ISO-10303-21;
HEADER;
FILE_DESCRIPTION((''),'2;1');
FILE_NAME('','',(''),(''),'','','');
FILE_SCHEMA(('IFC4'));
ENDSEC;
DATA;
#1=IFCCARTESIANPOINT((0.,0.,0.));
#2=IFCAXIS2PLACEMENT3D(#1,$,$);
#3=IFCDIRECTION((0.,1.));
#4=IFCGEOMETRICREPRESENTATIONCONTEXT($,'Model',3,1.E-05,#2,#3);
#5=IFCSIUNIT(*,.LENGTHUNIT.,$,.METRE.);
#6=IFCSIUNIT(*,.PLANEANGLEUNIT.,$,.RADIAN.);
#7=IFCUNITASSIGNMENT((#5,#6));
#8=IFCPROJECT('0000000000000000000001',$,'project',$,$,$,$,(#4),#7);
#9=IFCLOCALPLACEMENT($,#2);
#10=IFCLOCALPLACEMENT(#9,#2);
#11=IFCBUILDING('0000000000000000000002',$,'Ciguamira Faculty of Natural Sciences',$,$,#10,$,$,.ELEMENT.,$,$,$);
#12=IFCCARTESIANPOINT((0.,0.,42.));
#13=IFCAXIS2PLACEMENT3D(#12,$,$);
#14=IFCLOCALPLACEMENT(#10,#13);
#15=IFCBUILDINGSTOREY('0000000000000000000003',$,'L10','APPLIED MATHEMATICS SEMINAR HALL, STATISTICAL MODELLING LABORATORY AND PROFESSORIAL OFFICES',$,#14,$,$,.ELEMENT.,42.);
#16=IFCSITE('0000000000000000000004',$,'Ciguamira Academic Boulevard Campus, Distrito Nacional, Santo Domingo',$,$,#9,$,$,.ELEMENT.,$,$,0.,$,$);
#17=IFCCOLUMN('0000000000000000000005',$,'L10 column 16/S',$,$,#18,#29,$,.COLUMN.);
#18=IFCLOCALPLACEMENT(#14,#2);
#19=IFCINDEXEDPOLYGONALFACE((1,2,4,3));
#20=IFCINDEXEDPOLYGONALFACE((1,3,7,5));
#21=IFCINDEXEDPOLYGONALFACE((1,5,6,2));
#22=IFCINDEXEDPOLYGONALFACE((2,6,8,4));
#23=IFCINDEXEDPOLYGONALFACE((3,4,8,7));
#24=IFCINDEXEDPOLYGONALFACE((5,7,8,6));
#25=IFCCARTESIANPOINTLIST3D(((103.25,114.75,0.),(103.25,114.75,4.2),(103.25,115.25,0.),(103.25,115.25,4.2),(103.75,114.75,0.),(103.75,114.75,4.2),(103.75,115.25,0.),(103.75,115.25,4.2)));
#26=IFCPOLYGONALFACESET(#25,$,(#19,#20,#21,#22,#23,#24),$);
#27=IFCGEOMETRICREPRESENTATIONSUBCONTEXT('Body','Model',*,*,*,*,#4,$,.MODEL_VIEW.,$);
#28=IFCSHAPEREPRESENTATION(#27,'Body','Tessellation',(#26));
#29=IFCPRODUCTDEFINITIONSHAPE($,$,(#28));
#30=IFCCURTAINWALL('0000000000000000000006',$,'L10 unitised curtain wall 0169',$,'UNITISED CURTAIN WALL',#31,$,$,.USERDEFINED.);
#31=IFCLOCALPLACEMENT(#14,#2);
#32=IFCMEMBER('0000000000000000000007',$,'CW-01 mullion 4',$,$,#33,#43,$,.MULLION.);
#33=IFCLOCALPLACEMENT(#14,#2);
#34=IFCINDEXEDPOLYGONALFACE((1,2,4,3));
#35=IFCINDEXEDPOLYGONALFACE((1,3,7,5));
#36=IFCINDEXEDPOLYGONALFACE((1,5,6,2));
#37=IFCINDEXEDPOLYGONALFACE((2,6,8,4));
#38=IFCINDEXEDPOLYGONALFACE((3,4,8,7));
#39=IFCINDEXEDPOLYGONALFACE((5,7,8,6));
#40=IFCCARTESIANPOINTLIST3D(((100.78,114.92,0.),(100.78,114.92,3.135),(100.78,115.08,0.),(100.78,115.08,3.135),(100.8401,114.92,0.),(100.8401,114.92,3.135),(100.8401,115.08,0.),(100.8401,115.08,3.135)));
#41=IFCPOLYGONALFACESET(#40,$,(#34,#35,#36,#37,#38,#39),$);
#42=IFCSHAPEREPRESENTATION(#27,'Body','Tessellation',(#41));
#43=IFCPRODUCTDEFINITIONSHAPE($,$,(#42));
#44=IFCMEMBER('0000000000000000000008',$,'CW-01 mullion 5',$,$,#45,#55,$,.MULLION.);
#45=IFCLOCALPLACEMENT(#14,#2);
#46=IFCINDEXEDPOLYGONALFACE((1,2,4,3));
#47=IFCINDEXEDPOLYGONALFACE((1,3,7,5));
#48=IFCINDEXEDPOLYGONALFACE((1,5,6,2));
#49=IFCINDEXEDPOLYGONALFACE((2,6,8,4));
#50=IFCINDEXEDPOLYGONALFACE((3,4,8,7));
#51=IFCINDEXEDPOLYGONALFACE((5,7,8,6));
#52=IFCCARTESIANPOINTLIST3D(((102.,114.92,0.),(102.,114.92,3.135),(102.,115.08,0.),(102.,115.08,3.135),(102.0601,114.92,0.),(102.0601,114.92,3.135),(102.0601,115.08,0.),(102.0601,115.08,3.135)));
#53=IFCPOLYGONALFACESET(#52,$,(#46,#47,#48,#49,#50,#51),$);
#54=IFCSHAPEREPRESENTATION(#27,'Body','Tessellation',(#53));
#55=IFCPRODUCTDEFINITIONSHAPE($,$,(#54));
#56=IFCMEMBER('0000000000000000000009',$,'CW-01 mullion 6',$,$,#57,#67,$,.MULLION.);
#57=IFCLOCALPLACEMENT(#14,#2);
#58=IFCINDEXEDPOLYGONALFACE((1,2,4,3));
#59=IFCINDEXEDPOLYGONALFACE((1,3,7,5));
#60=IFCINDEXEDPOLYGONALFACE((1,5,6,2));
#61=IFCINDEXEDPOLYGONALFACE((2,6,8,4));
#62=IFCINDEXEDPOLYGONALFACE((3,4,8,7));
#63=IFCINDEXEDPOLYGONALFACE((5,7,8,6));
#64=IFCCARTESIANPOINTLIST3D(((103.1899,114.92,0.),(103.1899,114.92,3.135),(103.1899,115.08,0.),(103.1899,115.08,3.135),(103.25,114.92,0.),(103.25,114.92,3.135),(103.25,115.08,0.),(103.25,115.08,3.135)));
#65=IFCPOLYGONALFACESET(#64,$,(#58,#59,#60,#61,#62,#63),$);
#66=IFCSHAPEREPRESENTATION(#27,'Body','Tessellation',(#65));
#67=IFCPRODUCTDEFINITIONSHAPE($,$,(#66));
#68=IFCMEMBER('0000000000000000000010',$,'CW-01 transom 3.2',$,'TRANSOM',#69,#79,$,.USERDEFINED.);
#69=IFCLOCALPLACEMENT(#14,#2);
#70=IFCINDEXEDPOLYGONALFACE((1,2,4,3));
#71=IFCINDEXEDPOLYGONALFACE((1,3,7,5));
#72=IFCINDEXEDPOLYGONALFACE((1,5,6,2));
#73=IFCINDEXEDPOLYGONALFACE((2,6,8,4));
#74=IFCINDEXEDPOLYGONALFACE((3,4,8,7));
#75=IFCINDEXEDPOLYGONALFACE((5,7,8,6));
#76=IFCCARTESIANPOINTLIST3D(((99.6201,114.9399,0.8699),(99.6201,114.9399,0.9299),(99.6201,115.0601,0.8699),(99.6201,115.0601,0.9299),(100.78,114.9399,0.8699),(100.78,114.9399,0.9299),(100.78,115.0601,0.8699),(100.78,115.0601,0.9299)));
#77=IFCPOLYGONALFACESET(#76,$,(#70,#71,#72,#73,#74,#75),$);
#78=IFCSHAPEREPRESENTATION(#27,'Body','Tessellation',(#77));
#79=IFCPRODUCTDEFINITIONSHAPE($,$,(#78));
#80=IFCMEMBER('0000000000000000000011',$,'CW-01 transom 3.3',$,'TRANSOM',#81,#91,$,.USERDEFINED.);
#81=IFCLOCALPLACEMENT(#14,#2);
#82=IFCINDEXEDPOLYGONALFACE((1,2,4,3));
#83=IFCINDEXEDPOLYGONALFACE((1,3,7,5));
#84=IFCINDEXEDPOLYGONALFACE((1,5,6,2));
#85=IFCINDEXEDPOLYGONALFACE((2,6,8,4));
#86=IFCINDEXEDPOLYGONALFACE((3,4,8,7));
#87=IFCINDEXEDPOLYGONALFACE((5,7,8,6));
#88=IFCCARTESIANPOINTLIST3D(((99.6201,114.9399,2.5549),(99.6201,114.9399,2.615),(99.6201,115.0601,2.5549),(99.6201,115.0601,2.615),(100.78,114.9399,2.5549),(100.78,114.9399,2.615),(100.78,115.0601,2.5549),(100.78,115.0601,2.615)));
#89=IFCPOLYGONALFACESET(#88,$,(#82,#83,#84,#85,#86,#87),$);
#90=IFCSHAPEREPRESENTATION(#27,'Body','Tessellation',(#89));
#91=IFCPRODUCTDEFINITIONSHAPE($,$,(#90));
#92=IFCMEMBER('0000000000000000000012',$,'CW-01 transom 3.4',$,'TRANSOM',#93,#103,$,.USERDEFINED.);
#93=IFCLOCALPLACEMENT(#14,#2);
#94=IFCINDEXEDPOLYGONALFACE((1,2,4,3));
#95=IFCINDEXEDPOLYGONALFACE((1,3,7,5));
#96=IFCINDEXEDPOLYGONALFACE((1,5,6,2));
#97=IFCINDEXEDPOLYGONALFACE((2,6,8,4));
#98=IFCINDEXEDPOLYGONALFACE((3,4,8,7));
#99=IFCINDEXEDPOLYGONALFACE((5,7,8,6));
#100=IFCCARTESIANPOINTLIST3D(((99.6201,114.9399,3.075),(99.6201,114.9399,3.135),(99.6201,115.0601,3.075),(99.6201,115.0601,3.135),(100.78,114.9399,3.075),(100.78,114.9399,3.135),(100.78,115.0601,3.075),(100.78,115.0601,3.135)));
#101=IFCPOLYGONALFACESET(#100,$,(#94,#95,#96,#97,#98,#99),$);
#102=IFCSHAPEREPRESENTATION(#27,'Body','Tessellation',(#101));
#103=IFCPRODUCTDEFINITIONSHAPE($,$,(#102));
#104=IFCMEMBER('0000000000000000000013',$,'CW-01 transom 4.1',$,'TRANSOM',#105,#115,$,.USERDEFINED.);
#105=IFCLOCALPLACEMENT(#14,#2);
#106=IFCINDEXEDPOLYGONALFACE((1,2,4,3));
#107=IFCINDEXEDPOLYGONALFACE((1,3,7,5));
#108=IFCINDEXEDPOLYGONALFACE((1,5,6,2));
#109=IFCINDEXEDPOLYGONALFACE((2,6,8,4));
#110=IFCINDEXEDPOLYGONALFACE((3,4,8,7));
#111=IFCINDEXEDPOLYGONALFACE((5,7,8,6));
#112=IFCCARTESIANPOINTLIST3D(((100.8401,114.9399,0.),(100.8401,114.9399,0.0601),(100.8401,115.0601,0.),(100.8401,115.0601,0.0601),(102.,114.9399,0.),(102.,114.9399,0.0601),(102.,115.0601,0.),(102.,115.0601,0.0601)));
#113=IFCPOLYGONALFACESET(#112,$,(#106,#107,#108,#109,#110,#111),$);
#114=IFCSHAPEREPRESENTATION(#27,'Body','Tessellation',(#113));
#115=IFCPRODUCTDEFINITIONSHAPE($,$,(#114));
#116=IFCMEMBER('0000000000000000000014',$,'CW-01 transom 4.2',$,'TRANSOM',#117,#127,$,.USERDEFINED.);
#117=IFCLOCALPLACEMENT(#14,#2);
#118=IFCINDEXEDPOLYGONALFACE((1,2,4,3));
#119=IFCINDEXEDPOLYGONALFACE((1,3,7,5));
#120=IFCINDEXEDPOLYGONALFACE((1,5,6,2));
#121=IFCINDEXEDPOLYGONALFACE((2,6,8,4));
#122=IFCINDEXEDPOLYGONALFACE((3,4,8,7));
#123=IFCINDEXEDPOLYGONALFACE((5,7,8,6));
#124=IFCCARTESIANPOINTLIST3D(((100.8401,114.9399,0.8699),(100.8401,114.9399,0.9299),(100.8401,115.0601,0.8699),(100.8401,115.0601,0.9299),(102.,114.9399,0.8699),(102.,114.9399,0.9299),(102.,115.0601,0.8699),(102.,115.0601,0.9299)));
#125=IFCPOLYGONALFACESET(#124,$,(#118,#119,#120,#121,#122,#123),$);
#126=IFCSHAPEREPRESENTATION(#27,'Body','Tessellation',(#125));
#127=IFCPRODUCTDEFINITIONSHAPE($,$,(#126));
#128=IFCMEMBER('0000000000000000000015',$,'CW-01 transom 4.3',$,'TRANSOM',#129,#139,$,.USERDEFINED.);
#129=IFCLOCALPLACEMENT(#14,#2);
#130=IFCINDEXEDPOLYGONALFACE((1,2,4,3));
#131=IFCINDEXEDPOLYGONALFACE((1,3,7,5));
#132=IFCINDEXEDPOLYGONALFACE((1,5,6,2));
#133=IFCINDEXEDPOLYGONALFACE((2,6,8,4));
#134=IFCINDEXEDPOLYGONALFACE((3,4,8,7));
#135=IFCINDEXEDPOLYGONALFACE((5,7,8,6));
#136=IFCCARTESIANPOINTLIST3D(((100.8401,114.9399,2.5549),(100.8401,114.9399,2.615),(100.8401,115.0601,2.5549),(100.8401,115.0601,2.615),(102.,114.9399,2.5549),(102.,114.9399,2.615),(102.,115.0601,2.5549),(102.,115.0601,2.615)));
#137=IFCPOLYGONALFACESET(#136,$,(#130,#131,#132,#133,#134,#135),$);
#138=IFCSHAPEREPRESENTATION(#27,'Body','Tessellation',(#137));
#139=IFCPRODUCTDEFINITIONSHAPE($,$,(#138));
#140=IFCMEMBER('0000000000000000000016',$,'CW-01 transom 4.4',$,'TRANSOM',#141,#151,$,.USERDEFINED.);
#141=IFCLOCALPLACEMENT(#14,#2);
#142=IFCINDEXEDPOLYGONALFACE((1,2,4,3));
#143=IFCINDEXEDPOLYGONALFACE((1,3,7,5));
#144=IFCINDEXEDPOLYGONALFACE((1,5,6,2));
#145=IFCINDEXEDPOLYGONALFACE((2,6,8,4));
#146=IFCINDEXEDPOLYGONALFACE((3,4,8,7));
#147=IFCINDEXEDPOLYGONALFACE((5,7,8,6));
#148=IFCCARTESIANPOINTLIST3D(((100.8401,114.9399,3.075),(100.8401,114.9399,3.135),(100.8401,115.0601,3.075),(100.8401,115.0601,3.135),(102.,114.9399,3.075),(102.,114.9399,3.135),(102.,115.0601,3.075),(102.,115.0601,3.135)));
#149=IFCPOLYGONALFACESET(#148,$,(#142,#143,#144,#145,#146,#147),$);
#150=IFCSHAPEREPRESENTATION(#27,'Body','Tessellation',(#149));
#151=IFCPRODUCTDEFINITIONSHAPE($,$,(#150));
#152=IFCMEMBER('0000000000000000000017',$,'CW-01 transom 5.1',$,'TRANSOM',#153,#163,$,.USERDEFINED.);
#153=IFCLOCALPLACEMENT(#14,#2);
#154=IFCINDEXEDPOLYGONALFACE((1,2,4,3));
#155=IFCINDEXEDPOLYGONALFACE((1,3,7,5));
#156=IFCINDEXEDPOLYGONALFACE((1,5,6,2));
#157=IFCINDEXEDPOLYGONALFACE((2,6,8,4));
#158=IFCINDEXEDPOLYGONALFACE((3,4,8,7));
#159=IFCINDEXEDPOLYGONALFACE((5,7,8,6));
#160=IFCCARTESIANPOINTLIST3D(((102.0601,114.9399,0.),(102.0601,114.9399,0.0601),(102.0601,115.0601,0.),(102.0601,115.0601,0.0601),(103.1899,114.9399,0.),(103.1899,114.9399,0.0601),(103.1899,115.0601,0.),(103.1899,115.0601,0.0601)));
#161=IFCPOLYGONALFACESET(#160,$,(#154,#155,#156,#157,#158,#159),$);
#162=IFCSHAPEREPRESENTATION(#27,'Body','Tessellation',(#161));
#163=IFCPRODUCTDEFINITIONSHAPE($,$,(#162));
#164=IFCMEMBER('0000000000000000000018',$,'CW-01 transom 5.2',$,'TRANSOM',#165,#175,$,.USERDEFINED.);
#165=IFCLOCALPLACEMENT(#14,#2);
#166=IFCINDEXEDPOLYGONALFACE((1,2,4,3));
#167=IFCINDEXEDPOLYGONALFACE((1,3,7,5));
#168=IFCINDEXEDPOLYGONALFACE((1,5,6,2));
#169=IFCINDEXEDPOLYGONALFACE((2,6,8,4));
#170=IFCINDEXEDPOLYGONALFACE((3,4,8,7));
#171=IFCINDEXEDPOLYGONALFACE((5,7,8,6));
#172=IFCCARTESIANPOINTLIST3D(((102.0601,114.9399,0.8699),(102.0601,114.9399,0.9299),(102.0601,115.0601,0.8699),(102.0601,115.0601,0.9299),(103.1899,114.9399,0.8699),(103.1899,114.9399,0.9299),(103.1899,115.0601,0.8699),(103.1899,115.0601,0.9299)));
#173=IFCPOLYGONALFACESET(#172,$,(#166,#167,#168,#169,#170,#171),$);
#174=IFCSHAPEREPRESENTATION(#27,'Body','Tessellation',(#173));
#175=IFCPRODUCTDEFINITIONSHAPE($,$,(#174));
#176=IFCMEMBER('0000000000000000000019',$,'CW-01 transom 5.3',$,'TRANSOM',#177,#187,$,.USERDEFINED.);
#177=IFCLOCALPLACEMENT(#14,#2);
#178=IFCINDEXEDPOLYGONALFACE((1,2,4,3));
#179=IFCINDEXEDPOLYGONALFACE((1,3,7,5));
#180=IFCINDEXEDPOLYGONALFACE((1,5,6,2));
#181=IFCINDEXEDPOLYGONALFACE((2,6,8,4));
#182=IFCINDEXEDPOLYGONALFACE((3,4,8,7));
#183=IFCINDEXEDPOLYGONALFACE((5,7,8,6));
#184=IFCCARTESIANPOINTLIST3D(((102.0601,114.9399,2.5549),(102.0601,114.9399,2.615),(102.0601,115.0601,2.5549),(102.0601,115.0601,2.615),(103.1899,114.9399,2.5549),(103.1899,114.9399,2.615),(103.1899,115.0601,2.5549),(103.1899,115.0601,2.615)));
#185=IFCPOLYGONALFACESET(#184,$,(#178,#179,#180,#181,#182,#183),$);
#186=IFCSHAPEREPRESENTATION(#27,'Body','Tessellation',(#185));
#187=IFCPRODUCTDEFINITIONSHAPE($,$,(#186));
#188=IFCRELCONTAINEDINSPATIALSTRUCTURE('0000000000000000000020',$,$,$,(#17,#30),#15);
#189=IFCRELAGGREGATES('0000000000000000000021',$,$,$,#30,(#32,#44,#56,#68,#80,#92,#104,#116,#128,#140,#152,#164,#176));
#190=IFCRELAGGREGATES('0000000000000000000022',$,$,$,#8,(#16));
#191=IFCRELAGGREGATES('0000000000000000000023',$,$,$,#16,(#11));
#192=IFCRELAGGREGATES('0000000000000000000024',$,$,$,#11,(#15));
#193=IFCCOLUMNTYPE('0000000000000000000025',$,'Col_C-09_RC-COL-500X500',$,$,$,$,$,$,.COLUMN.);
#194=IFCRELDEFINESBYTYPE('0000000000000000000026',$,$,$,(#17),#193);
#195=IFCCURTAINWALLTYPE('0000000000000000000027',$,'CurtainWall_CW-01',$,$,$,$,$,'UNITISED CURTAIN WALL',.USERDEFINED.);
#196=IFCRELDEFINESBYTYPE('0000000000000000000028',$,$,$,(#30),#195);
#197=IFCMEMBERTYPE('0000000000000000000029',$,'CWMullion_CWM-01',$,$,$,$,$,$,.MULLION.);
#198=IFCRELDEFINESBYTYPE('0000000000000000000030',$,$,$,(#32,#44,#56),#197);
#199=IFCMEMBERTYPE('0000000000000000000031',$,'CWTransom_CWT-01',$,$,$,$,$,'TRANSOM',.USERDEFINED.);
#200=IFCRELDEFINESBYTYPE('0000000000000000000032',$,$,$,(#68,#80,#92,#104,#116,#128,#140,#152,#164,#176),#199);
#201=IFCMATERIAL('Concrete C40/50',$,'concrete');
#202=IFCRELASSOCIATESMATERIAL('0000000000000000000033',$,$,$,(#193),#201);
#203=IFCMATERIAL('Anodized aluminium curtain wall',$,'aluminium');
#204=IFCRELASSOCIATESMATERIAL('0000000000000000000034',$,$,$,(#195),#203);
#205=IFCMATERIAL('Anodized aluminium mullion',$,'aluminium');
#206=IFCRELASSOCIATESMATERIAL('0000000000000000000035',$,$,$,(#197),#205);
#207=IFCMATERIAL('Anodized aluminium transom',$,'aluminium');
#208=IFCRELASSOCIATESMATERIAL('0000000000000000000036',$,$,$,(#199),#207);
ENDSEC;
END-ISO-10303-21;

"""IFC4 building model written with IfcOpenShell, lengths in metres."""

from ifc_helpers import new_model, si_unit, direction, frame, origin, origin_2d, place, context, subcontext, project, spatial, rectangle, extrude, material, material_profile, profile_set, type_object, element, aggregate, save


model = new_model("IFC4")

# Units and contexts
model_context = context("Model", 3, precision=1e-05, world=origin(), true_north=direction((0.0, 1.0)))
body_context = subcontext(model_context, "Body", "Model", "MODEL_VIEW")
ifc_project = project(units=[si_unit("LENGTHUNIT", "METRE"), si_unit("PLANEANGLEUNIT", "RADIAN")], contexts=[model_context])

# Site, building, storey
site_placement = place(None, origin())
site = spatial("IfcSite", under=ifc_project, at=site_placement, Name="Ciguamira Academic Boulevard Campus, Distrito Nacional, Santo Domingo", CompositionType="ELEMENT", RefElevation=0.0)
building_placement = place(site_placement, origin())
building = spatial("IfcBuilding", under=site, at=building_placement, Name="Ciguamira Faculty of Natural Sciences", CompositionType="ELEMENT")
storey_placement = place(building_placement, frame((0.0, 0.0, 42.0)))
storey = spatial("IfcBuildingStorey", under=building, at=storey_placement, Name="L10", Description="APPLIED MATHEMATICS SEMINAR HALL, STATISTICAL MODELLING LABORATORY AND PROFESSORIAL OFFICES", CompositionType="ELEMENT", Elevation=42.0)

# Column
ifc_material_1 = material(Name="Concrete C40/50", Category="concrete")
ifc_material_profile_1 = material_profile(ifc_material_1, rectangle(XDim=0.5, YDim=0.5, at=origin_2d()), Name="RC-COL-500X500")
ifc_profile_set_1 = profile_set([ifc_material_profile_1], Name="Concrete C40/50")
column_type = type_object("IfcColumnType", Name="Col_C-09_RC-COL-500X500", PredefinedType="COLUMN", material=ifc_profile_set_1)
column_placement = place(storey_placement, frame((103.5, 115.0, 0.0), z_axis=(0.0, 0.0, 1.0), x_axis=(1.0, 0.0, 0.0)))
element("IfcColumn", 1, at=column_placement, inside=storey, type_object=column_type, Name="L10 column 16/S", PredefinedType="COLUMN", context=body_context, shape_type="SweptSolid", body=[
    extrude(rectangle(XDim=0.5, YDim=0.5, at=origin_2d()), origin(), (0.0, 0.0, 1.0), 4.2),
])

# Curtain wall, members
ifc_material_2 = material(Name="Anodized aluminium curtain wall", Category="aluminium")
curtain_wall_type = type_object("IfcCurtainWallType", Name="CurtainWall_CW-01", ElementType="UNITISED CURTAIN WALL", PredefinedType="USERDEFINED", material=ifc_material_2)
curtain_wall_placement = place(storey_placement, origin())
curtain_wall = element("IfcCurtainWall", 2, at=curtain_wall_placement, inside=storey, type_object=curtain_wall_type, Name="L10 unitised curtain wall 0169", ObjectType="UNITISED CURTAIN WALL", PredefinedType="USERDEFINED")
ifc_material_3 = material(Name="Anodized aluminium mullion", Category="aluminium")
ifc_material_profile_2 = material_profile(ifc_material_3, rectangle(XDim=0.0601, YDim=0.1599, at=origin_2d()), Name="ALU-MUL-60X160")
ifc_profile_set_2 = profile_set([ifc_material_profile_2], Name="Anodized aluminium mullion")
member_type_1 = type_object("IfcMemberType", Name="CWMullion_CWM-01", PredefinedType="MULLION", material=ifc_profile_set_2)
member_1_placement = place(storey_placement, frame((100.8101, 115.0, 0.0), z_axis=(0.0, 0.0, 1.0), x_axis=(1.0, 0.0, 0.0)))
member_1 = element("IfcMember", 3, at=member_1_placement, type_object=member_type_1, Name="CW-01 mullion 4", PredefinedType="MULLION", context=body_context, shape_type="SweptSolid", body=[
    extrude(rectangle(XDim=0.0601, YDim=0.1599, at=origin_2d()), origin(), (0.0, 0.0, 1.0), 3.135),
])
member_2_placement = place(storey_placement, frame((102.03, 115.0, 0.0), z_axis=(0.0, 0.0, 1.0), x_axis=(1.0, 0.0, 0.0)))
member_2 = element("IfcMember", 4, at=member_2_placement, type_object=member_type_1, Name="CW-01 mullion 5", PredefinedType="MULLION", context=body_context, shape_type="SweptSolid", body=[
    extrude(rectangle(XDim=0.0601, YDim=0.1599, at=origin_2d()), origin(), (0.0, 0.0, 1.0), 3.135),
])
member_3_placement = place(storey_placement, frame((103.22, 115.0, 0.0), z_axis=(0.0, 0.0, 1.0), x_axis=(1.0, 0.0, 0.0)))
member_3 = element("IfcMember", 5, at=member_3_placement, type_object=member_type_1, Name="CW-01 mullion 6", PredefinedType="MULLION", context=body_context, shape_type="SweptSolid", body=[
    extrude(rectangle(XDim=0.0601, YDim=0.1599, at=origin_2d()), origin(), (0.0, 0.0, 1.0), 3.135),
])
ifc_material_4 = material(Name="Anodized aluminium transom", Category="aluminium")
ifc_material_profile_3 = material_profile(ifc_material_4, rectangle(XDim=0.0601, YDim=0.1201, at=origin_2d()), Name="ALU-TRN-60X120")
ifc_profile_set_3 = profile_set([ifc_material_profile_3], Name="Anodized aluminium transom")
member_type_2 = type_object("IfcMemberType", Name="CWTransom_CWT-01", ElementType="TRANSOM", PredefinedType="USERDEFINED", material=ifc_profile_set_3)
member_4_placement = place(storey_placement, frame((99.6201, 115.0, 0.8999), z_axis=(1.0, 0.0, 0.0), x_axis=(0.0, 0.0, 1.0)))
member_4 = element("IfcMember", 6, at=member_4_placement, type_object=member_type_2, Name="CW-01 transom 3.2", ObjectType="TRANSOM", PredefinedType="USERDEFINED", context=body_context, shape_type="SweptSolid", body=[
    extrude(rectangle(XDim=0.0601, YDim=0.1201, at=origin_2d()), origin(), (0.0, 0.0, 1.0), 1.1599),
])
member_5_placement = place(storey_placement, frame((99.6201, 115.0, 2.585), z_axis=(1.0, 0.0, 0.0), x_axis=(0.0, 0.0, 1.0)))
member_5 = element("IfcMember", 7, at=member_5_placement, type_object=member_type_2, Name="CW-01 transom 3.3", ObjectType="TRANSOM", PredefinedType="USERDEFINED", context=body_context, shape_type="SweptSolid", body=[
    extrude(rectangle(XDim=0.0601, YDim=0.1201, at=origin_2d()), origin(), (0.0, 0.0, 1.0), 1.1599),
])
member_6_placement = place(storey_placement, frame((99.6201, 115.0, 3.105), z_axis=(1.0, 0.0, 0.0), x_axis=(0.0, 0.0, 1.0)))
member_6 = element("IfcMember", 8, at=member_6_placement, type_object=member_type_2, Name="CW-01 transom 3.4", ObjectType="TRANSOM", PredefinedType="USERDEFINED", context=body_context, shape_type="SweptSolid", body=[
    extrude(rectangle(XDim=0.0601, YDim=0.1201, at=origin_2d()), origin(), (0.0, 0.0, 1.0), 1.1599),
])
member_7_placement = place(storey_placement, frame((100.8401, 115.0, 0.03), z_axis=(1.0, 0.0, 0.0), x_axis=(0.0, 0.0, 1.0)))
member_7 = element("IfcMember", 9, at=member_7_placement, type_object=member_type_2, Name="CW-01 transom 4.1", ObjectType="TRANSOM", PredefinedType="USERDEFINED", context=body_context, shape_type="SweptSolid", body=[
    extrude(rectangle(XDim=0.0601, YDim=0.1201, at=origin_2d()), origin(), (0.0, 0.0, 1.0), 1.1599),
])
member_8_placement = place(storey_placement, frame((100.8401, 115.0, 0.8999), z_axis=(1.0, 0.0, 0.0), x_axis=(0.0, 0.0, 1.0)))
member_8 = element("IfcMember", 10, at=member_8_placement, type_object=member_type_2, Name="CW-01 transom 4.2", ObjectType="TRANSOM", PredefinedType="USERDEFINED", context=body_context, shape_type="SweptSolid", body=[
    extrude(rectangle(XDim=0.0601, YDim=0.1201, at=origin_2d()), origin(), (0.0, 0.0, 1.0), 1.1599),
])
member_9_placement = place(storey_placement, frame((100.8401, 115.0, 2.585), z_axis=(1.0, 0.0, 0.0), x_axis=(0.0, 0.0, 1.0)))
member_9 = element("IfcMember", 11, at=member_9_placement, type_object=member_type_2, Name="CW-01 transom 4.3", ObjectType="TRANSOM", PredefinedType="USERDEFINED", context=body_context, shape_type="SweptSolid", body=[
    extrude(rectangle(XDim=0.0601, YDim=0.1201, at=origin_2d()), origin(), (0.0, 0.0, 1.0), 1.1599),
])
member_10_placement = place(storey_placement, frame((100.8401, 115.0, 3.105), z_axis=(1.0, 0.0, 0.0), x_axis=(0.0, 0.0, 1.0)))
member_10 = element("IfcMember", 12, at=member_10_placement, type_object=member_type_2, Name="CW-01 transom 4.4", ObjectType="TRANSOM", PredefinedType="USERDEFINED", context=body_context, shape_type="SweptSolid", body=[
    extrude(rectangle(XDim=0.0601, YDim=0.1201, at=origin_2d()), origin(), (0.0, 0.0, 1.0), 1.1599),
])
member_11_placement = place(storey_placement, frame((102.0601, 115.0, 0.03), z_axis=(1.0, 0.0, 0.0), x_axis=(0.0, 0.0, 1.0)))
member_11 = element("IfcMember", 13, at=member_11_placement, type_object=member_type_2, Name="CW-01 transom 5.1", ObjectType="TRANSOM", PredefinedType="USERDEFINED", context=body_context, shape_type="SweptSolid", body=[
    extrude(rectangle(XDim=0.0601, YDim=0.1201, at=origin_2d()), origin(), (0.0, 0.0, 1.0), 1.1299),
])
member_12_placement = place(storey_placement, frame((102.0601, 115.0, 0.8999), z_axis=(1.0, 0.0, 0.0), x_axis=(0.0, 0.0, 1.0)))
member_12 = element("IfcMember", 14, at=member_12_placement, type_object=member_type_2, Name="CW-01 transom 5.2", ObjectType="TRANSOM", PredefinedType="USERDEFINED", context=body_context, shape_type="SweptSolid", body=[
    extrude(rectangle(XDim=0.0601, YDim=0.1201, at=origin_2d()), origin(), (0.0, 0.0, 1.0), 1.1299),
])
member_13_placement = place(storey_placement, frame((102.0601, 115.0, 2.585), z_axis=(1.0, 0.0, 0.0), x_axis=(0.0, 0.0, 1.0)))
member_13 = element("IfcMember", 15, at=member_13_placement, type_object=member_type_2, Name="CW-01 transom 5.3", ObjectType="TRANSOM", PredefinedType="USERDEFINED", context=body_context, shape_type="SweptSolid", body=[
    extrude(rectangle(XDim=0.0601, YDim=0.1201, at=origin_2d()), origin(), (0.0, 0.0, 1.0), 1.1299),
])
aggregate(curtain_wall, [member_1, member_2, member_3, member_4, member_5, member_6, member_7, member_8, member_9, member_10, member_11, member_12, member_13])

save(model, "model.ifc")
